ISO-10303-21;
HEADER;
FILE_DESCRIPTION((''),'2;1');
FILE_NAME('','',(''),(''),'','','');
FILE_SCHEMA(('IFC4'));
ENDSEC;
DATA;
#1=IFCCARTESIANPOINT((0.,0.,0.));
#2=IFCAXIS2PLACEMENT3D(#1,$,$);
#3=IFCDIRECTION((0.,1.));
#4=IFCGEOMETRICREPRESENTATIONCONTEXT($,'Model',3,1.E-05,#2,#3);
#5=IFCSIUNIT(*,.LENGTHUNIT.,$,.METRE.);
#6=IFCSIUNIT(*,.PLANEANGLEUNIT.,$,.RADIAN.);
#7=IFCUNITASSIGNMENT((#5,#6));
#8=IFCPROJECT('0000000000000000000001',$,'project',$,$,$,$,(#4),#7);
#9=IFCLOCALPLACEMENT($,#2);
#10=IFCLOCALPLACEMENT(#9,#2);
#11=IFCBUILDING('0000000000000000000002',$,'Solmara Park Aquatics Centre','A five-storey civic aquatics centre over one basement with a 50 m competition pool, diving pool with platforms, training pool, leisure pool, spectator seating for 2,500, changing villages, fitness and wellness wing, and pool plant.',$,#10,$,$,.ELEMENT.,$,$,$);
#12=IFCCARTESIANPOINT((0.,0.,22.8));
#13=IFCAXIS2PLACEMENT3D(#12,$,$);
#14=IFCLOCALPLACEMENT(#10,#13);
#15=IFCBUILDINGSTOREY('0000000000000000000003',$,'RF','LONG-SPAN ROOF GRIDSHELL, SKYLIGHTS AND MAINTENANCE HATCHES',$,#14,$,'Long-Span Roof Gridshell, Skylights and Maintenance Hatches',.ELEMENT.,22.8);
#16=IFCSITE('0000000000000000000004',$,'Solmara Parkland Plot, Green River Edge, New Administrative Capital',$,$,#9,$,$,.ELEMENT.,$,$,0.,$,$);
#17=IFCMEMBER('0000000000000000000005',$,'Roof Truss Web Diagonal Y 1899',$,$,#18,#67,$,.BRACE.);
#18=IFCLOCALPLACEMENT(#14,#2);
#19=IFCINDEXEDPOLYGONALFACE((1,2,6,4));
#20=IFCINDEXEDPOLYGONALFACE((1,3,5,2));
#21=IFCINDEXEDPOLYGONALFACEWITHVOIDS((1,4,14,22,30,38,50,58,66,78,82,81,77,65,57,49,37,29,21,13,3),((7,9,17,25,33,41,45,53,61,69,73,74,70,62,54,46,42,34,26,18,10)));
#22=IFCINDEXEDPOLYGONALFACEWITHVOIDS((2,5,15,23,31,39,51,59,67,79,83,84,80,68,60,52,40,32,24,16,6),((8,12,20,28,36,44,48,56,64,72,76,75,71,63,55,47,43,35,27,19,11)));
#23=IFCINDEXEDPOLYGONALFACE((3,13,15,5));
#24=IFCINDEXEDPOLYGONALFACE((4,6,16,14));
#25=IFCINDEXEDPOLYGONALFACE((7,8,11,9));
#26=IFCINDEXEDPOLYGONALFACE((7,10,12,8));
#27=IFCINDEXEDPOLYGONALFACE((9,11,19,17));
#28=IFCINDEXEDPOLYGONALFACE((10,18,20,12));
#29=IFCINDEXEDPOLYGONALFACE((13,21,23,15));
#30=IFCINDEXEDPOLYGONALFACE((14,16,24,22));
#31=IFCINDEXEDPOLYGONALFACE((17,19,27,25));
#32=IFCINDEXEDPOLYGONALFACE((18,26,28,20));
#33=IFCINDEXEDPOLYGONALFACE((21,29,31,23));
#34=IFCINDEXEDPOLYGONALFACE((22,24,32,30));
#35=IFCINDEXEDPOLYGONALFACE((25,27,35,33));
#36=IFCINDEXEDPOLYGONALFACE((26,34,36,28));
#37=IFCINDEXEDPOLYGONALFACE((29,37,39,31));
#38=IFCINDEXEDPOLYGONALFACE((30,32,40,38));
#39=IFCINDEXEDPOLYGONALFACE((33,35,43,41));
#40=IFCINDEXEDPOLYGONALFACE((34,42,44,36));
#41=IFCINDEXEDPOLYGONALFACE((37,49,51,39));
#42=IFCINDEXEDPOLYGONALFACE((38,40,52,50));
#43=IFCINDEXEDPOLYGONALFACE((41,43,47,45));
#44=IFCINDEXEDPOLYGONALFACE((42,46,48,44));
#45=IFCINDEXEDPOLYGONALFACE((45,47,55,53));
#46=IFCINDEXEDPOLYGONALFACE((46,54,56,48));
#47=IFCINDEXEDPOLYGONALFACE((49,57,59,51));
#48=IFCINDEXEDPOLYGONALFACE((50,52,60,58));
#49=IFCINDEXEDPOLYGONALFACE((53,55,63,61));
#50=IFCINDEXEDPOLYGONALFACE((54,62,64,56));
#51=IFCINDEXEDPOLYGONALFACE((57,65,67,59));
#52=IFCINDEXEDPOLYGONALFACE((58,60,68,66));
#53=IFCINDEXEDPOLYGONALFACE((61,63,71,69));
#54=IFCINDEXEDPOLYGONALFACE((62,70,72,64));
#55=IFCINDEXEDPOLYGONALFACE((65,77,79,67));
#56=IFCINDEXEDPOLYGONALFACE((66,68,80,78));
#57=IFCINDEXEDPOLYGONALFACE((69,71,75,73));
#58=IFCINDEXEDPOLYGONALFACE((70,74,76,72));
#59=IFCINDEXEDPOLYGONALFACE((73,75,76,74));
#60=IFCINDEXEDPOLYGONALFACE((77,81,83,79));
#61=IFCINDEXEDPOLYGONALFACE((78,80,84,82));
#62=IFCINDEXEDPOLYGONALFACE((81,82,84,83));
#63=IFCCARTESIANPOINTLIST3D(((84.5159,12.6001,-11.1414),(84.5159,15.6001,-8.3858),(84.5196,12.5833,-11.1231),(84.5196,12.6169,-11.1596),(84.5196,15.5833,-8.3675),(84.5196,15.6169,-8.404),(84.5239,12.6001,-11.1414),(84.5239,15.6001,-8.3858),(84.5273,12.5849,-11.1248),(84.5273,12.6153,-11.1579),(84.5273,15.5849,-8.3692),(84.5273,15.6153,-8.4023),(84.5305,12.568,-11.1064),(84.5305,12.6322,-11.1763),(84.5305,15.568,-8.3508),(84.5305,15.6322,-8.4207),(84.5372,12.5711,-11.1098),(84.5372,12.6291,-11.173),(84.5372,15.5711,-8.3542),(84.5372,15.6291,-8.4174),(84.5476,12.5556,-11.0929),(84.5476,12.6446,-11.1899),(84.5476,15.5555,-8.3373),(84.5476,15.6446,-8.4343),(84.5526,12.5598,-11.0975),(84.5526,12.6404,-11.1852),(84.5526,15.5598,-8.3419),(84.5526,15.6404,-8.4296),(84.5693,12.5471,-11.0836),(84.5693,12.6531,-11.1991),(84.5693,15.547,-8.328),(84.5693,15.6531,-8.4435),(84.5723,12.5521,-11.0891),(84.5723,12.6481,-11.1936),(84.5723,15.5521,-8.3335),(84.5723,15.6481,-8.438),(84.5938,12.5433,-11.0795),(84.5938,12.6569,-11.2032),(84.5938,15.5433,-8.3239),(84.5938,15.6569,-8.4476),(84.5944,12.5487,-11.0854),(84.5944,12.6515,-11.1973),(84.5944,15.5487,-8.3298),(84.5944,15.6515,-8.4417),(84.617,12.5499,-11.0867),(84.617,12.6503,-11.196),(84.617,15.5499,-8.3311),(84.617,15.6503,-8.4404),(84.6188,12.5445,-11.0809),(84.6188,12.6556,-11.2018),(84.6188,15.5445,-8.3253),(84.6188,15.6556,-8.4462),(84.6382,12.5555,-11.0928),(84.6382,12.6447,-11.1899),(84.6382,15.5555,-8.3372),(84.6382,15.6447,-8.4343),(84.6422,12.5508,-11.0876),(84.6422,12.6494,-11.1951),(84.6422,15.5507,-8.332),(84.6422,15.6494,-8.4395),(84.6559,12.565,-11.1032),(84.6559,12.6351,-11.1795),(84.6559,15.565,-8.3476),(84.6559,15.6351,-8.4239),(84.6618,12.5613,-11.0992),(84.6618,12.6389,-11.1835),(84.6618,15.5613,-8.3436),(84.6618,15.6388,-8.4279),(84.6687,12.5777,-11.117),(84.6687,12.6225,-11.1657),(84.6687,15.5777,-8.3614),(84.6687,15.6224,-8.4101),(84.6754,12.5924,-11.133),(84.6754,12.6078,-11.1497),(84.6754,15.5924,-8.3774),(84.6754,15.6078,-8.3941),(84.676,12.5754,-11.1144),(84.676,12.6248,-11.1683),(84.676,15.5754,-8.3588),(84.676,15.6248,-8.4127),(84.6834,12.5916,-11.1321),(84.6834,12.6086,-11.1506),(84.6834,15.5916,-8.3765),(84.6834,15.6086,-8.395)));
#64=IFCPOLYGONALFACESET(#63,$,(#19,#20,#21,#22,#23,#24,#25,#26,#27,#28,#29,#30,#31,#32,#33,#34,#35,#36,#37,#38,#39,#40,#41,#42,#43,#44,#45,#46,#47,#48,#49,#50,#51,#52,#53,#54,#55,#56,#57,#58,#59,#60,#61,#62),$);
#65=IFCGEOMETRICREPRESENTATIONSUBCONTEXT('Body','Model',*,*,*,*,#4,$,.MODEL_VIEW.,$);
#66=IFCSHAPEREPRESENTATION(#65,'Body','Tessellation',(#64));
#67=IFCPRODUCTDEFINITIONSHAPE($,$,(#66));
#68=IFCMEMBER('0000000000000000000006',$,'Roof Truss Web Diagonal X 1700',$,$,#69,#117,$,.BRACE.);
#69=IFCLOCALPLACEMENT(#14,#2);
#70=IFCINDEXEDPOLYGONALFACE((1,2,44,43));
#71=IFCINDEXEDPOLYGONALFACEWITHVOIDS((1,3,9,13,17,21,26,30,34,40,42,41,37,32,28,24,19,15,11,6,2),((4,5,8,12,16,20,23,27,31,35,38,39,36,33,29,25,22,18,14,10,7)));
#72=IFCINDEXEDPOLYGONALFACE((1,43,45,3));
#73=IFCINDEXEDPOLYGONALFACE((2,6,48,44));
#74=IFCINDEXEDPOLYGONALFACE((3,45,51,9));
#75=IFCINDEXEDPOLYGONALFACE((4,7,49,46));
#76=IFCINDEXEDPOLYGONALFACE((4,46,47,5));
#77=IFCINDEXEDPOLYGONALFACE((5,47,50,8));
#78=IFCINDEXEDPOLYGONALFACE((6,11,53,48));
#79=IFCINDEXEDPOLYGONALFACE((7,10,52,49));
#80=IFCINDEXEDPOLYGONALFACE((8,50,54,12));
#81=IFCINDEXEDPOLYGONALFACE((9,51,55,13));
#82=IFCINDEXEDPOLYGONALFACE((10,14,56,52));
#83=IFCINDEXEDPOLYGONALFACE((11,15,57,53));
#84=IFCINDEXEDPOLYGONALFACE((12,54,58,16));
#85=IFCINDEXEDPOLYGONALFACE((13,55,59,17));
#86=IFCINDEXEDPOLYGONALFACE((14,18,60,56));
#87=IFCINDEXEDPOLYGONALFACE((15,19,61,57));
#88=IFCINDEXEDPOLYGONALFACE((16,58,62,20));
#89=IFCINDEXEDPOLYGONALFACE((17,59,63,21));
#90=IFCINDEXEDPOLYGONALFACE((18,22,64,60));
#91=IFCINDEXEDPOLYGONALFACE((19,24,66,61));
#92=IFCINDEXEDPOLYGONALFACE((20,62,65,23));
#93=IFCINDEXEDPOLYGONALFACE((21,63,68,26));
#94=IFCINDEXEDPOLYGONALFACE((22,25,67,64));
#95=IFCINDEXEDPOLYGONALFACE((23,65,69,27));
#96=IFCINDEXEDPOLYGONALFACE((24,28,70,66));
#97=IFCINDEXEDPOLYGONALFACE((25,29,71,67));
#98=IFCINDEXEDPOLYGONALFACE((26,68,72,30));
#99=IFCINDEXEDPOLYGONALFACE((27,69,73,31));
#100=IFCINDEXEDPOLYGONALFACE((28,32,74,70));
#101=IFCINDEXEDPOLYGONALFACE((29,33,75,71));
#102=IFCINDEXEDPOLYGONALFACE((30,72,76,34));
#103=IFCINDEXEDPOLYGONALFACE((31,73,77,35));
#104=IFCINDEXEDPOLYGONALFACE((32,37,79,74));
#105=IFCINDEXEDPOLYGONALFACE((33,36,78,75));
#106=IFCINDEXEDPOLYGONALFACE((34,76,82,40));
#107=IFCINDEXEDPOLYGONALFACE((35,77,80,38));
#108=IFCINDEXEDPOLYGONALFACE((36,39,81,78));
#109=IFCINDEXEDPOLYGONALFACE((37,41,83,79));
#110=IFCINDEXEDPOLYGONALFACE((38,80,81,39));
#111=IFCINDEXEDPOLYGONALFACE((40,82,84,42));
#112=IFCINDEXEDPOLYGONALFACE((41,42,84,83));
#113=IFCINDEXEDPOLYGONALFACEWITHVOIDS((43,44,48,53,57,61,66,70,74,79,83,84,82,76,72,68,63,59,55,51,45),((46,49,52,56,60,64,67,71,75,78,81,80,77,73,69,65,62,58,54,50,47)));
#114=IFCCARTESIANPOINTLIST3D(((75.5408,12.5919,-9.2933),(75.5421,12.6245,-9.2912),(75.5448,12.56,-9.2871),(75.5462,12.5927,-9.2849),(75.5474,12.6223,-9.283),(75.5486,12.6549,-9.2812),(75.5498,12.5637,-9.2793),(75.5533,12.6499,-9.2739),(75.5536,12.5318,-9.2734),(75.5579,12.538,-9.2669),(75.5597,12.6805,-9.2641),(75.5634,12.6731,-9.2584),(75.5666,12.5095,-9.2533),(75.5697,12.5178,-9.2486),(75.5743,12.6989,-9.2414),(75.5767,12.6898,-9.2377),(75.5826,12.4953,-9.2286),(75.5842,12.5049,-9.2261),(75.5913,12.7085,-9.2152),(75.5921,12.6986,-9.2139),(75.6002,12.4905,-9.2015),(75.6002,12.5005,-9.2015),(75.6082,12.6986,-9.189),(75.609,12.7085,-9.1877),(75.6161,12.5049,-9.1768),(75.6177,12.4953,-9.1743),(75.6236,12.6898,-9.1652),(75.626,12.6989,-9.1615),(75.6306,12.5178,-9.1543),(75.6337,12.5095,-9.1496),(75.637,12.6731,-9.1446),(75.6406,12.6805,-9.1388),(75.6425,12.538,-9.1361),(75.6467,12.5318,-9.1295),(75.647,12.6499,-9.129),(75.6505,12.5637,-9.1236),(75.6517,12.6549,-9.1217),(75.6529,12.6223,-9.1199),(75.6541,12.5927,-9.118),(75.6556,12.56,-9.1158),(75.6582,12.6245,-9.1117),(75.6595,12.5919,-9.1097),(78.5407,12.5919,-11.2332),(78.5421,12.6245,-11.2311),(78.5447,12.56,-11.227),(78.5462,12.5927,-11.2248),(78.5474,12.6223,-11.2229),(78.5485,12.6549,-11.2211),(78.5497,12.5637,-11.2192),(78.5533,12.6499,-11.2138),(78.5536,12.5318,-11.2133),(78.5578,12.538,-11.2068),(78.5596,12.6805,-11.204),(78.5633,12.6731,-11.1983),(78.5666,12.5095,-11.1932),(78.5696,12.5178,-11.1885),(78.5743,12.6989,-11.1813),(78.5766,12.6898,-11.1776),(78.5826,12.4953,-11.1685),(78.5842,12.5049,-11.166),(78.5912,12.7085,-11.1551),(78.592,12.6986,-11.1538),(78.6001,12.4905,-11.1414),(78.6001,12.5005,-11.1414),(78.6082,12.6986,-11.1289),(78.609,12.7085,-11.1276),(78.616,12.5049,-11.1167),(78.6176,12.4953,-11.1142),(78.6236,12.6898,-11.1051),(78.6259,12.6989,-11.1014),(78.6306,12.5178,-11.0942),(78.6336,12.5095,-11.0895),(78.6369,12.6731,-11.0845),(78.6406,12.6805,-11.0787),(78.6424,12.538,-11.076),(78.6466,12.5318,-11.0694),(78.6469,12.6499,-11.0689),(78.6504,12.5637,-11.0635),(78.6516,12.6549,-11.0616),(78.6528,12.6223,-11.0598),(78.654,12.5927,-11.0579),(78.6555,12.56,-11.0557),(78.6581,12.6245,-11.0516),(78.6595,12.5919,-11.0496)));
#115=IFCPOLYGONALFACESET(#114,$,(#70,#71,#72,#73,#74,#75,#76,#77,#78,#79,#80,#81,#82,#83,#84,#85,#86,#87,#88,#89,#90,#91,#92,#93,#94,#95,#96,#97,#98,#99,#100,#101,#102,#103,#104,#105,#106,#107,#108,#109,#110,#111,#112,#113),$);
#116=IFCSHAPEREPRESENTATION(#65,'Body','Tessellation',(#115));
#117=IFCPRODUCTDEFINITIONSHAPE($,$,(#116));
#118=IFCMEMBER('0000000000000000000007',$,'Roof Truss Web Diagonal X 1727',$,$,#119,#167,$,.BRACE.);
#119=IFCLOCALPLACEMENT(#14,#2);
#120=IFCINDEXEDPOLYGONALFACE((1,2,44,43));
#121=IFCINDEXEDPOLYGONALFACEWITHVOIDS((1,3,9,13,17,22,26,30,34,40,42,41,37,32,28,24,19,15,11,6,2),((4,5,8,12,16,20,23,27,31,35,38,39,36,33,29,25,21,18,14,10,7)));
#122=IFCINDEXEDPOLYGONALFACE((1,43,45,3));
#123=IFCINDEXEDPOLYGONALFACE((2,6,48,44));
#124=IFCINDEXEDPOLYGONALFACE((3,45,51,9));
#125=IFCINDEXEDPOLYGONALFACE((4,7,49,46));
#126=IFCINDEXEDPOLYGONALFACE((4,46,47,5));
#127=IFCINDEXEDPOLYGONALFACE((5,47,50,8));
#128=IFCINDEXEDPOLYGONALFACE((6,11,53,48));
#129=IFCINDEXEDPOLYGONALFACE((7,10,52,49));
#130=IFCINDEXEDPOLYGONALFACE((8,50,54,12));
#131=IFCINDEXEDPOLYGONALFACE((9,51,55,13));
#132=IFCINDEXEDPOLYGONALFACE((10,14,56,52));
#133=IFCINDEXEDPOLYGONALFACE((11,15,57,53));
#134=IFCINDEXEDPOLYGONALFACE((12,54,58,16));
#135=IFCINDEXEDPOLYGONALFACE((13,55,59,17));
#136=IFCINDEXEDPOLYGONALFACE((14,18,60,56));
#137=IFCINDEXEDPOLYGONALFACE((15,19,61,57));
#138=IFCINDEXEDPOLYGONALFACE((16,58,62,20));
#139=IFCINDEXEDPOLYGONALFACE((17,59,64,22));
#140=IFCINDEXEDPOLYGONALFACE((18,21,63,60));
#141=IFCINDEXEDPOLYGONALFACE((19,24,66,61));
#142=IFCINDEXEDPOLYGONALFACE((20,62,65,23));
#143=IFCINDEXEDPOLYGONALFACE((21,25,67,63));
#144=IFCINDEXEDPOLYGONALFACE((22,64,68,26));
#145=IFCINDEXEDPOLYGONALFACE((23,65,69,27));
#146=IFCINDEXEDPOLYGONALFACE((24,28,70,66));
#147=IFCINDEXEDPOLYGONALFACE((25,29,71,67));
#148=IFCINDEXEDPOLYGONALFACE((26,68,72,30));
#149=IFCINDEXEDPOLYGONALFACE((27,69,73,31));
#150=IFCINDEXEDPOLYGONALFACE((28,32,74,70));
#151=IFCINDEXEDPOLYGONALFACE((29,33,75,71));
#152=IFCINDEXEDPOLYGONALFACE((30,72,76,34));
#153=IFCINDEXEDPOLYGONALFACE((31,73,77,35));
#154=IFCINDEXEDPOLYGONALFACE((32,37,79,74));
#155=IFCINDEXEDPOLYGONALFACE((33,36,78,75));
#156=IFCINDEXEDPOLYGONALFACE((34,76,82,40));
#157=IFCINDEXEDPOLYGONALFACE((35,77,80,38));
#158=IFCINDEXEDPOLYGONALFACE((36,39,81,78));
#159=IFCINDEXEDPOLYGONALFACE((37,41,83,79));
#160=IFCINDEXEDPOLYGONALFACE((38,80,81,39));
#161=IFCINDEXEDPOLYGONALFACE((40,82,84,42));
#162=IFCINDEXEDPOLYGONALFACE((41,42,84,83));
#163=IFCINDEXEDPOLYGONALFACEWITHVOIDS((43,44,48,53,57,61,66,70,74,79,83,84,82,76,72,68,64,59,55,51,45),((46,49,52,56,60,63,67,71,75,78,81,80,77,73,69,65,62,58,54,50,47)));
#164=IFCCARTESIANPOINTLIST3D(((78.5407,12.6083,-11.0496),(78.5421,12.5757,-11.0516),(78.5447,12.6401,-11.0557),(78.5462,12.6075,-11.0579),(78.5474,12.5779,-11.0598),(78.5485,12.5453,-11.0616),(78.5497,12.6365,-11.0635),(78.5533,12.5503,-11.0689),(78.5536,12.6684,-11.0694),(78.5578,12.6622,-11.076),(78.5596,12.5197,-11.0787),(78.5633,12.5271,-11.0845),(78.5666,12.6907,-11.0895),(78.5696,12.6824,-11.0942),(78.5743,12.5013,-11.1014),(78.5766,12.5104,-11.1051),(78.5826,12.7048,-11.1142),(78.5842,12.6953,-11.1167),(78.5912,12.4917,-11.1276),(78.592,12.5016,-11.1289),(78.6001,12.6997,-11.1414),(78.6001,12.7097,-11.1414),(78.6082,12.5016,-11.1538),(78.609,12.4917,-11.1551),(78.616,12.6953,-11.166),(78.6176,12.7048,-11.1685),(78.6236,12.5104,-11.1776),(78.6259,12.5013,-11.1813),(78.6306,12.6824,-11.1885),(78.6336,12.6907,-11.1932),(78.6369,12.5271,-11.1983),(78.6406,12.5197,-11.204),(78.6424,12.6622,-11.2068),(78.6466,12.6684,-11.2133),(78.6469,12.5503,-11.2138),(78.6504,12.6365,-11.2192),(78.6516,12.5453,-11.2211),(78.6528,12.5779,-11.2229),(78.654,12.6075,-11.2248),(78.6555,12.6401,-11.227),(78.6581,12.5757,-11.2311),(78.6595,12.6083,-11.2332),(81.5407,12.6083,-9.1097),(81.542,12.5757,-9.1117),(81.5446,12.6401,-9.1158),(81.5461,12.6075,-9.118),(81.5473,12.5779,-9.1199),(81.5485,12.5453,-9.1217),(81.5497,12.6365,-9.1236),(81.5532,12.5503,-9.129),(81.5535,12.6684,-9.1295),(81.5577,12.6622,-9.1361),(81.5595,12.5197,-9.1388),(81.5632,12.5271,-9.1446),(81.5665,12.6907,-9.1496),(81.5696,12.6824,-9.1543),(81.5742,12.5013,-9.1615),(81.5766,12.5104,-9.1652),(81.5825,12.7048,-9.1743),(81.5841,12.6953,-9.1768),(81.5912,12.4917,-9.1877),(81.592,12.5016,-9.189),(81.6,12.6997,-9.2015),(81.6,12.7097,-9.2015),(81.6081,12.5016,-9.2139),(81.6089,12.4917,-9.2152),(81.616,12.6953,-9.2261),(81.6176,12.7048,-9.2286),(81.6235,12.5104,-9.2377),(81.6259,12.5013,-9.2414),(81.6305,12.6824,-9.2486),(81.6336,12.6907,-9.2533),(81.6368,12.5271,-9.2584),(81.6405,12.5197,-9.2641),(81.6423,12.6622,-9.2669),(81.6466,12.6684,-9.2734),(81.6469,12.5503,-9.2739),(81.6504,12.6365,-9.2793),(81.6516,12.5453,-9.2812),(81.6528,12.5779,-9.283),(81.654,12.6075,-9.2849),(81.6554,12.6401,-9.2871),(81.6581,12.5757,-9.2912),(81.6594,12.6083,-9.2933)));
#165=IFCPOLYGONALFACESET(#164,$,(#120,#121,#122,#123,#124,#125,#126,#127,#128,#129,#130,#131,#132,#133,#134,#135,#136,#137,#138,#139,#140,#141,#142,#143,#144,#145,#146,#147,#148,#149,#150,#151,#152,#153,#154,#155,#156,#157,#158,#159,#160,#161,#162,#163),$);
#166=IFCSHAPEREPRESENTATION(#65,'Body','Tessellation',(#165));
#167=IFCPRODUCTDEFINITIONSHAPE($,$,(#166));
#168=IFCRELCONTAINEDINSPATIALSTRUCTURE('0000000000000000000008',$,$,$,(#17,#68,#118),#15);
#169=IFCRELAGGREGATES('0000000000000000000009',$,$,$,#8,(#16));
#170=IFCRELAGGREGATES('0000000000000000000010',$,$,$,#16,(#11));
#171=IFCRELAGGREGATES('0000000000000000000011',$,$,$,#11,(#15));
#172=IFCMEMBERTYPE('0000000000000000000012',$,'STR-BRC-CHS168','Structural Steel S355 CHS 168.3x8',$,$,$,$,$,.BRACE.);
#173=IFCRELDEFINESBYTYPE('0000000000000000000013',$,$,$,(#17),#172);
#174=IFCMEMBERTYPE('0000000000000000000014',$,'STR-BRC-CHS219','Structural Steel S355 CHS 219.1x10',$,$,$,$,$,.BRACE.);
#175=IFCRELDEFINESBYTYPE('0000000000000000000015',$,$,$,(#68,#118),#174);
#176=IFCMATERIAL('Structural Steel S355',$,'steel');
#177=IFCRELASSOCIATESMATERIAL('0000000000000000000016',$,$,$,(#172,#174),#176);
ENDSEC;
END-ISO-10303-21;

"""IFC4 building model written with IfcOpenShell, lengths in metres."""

from ifc_helpers import new_model, si_unit, direction, frame, origin, origin_2d, place, context, subcontext, project, spatial, hollow_circle, extrude, material, material_profile, profile_set, type_object, element, save


model = new_model("IFC4")

# Units and contexts
model_context = context("Model", 3, precision=1e-05, world=origin(), true_north=direction((0.0, 1.0)))
body_context = subcontext(model_context, "Body", "Model", "MODEL_VIEW")
ifc_project = project(units=[si_unit("LENGTHUNIT", "METRE"), si_unit("PLANEANGLEUNIT", "RADIAN")], contexts=[model_context])

# Site, building, storey
site_placement = place(None, origin())
site = spatial("IfcSite", under=ifc_project, at=site_placement, Name="Solmara Parkland Plot, Green River Edge, New Administrative Capital", CompositionType="ELEMENT", RefElevation=0.0)
building_placement = place(site_placement, origin())
building = spatial("IfcBuilding", under=site, at=building_placement, Name="Solmara Park Aquatics Centre", Description="A five-storey civic aquatics centre over one basement with a 50 m competition pool, diving pool with platforms, training pool, leisure pool, spectator seating for 2,500, changing villages, fitness and wellness wing, and pool plant.", CompositionType="ELEMENT")
storey_placement = place(building_placement, frame((0.0, 0.0, 22.8)))
storey = spatial("IfcBuildingStorey", under=building, at=storey_placement, Name="RF", Description="LONG-SPAN ROOF GRIDSHELL, SKYLIGHTS AND MAINTENANCE HATCHES", LongName="Long-Span Roof Gridshell, Skylights and Maintenance Hatches", CompositionType="ELEMENT", Elevation=22.8)

# Members
ifc_material_1 = material(Name="Structural Steel S355", Category="steel")
ifc_material_profile_1 = material_profile(ifc_material_1, hollow_circle(Radius=0.0842, WallThickness=0.0081, at=origin_2d()), Name="CHS 168.3x8")
ifc_profile_set_1 = profile_set([ifc_material_profile_1], Name="Structural Steel S355")
member_type_1 = type_object("IfcMemberType", Name="STR-BRC-CHS168", Description="Structural Steel S355 CHS 168.3x8", PredefinedType="BRACE", material=ifc_profile_set_1)
member_1_placement = place(storey_placement, frame((84.6001, 12.6001, -11.1414), z_axis=(0.0, 0.736467, 0.676473), x_axis=(-1.0, 0.0, 0.0)))
element("IfcMember", 1, at=member_1_placement, inside=storey, type_object=member_type_1, Name="Roof Truss Web Diagonal Y 1899", PredefinedType="BRACE", context=body_context, shape_type="SweptSolid", body=[
    extrude(hollow_circle(Radius=0.0842, WallThickness=0.0081, at=origin_2d()), origin(), (0.0, 0.0, 1.0), 4.0735),
])
ifc_material_profile_2 = material_profile(ifc_material_1, hollow_circle(Radius=0.1096, WallThickness=0.01, at=origin_2d()), Name="CHS 219.1x10")
ifc_profile_set_2 = profile_set([ifc_material_profile_2], Name="Structural Steel S355")
member_type_2 = type_object("IfcMemberType", Name="STR-BRC-CHS219", Description="Structural Steel S355 CHS 219.1x10", PredefinedType="BRACE", material=ifc_profile_set_2)
for number, where, z_axis, x_axis, name in (
    (2, (78.6001, 12.6001, -11.1414), (-0.839728, 0.0, 0.543008), (0.0, -1.0, 0.0), "Roof Truss Web Diagonal X 1700"),
    (3, (78.6001, 12.6001, -11.1414), (0.839728, 0.0, 0.543008), (0.0, 1.0, 0.0), "Roof Truss Web Diagonal X 1727"),
):
    element("IfcMember", number, at=place(storey_placement, frame(where, z_axis=z_axis, x_axis=x_axis)), inside=storey, type_object=member_type_2, Name=name, PredefinedType="BRACE", context=body_context, shape_type="SweptSolid", body=[
        extrude(hollow_circle(Radius=0.1096, WallThickness=0.01, at=origin_2d()), origin(), (0.0, 0.0, 1.0), 3.5725),
    ])

save(model, "model.ifc")
